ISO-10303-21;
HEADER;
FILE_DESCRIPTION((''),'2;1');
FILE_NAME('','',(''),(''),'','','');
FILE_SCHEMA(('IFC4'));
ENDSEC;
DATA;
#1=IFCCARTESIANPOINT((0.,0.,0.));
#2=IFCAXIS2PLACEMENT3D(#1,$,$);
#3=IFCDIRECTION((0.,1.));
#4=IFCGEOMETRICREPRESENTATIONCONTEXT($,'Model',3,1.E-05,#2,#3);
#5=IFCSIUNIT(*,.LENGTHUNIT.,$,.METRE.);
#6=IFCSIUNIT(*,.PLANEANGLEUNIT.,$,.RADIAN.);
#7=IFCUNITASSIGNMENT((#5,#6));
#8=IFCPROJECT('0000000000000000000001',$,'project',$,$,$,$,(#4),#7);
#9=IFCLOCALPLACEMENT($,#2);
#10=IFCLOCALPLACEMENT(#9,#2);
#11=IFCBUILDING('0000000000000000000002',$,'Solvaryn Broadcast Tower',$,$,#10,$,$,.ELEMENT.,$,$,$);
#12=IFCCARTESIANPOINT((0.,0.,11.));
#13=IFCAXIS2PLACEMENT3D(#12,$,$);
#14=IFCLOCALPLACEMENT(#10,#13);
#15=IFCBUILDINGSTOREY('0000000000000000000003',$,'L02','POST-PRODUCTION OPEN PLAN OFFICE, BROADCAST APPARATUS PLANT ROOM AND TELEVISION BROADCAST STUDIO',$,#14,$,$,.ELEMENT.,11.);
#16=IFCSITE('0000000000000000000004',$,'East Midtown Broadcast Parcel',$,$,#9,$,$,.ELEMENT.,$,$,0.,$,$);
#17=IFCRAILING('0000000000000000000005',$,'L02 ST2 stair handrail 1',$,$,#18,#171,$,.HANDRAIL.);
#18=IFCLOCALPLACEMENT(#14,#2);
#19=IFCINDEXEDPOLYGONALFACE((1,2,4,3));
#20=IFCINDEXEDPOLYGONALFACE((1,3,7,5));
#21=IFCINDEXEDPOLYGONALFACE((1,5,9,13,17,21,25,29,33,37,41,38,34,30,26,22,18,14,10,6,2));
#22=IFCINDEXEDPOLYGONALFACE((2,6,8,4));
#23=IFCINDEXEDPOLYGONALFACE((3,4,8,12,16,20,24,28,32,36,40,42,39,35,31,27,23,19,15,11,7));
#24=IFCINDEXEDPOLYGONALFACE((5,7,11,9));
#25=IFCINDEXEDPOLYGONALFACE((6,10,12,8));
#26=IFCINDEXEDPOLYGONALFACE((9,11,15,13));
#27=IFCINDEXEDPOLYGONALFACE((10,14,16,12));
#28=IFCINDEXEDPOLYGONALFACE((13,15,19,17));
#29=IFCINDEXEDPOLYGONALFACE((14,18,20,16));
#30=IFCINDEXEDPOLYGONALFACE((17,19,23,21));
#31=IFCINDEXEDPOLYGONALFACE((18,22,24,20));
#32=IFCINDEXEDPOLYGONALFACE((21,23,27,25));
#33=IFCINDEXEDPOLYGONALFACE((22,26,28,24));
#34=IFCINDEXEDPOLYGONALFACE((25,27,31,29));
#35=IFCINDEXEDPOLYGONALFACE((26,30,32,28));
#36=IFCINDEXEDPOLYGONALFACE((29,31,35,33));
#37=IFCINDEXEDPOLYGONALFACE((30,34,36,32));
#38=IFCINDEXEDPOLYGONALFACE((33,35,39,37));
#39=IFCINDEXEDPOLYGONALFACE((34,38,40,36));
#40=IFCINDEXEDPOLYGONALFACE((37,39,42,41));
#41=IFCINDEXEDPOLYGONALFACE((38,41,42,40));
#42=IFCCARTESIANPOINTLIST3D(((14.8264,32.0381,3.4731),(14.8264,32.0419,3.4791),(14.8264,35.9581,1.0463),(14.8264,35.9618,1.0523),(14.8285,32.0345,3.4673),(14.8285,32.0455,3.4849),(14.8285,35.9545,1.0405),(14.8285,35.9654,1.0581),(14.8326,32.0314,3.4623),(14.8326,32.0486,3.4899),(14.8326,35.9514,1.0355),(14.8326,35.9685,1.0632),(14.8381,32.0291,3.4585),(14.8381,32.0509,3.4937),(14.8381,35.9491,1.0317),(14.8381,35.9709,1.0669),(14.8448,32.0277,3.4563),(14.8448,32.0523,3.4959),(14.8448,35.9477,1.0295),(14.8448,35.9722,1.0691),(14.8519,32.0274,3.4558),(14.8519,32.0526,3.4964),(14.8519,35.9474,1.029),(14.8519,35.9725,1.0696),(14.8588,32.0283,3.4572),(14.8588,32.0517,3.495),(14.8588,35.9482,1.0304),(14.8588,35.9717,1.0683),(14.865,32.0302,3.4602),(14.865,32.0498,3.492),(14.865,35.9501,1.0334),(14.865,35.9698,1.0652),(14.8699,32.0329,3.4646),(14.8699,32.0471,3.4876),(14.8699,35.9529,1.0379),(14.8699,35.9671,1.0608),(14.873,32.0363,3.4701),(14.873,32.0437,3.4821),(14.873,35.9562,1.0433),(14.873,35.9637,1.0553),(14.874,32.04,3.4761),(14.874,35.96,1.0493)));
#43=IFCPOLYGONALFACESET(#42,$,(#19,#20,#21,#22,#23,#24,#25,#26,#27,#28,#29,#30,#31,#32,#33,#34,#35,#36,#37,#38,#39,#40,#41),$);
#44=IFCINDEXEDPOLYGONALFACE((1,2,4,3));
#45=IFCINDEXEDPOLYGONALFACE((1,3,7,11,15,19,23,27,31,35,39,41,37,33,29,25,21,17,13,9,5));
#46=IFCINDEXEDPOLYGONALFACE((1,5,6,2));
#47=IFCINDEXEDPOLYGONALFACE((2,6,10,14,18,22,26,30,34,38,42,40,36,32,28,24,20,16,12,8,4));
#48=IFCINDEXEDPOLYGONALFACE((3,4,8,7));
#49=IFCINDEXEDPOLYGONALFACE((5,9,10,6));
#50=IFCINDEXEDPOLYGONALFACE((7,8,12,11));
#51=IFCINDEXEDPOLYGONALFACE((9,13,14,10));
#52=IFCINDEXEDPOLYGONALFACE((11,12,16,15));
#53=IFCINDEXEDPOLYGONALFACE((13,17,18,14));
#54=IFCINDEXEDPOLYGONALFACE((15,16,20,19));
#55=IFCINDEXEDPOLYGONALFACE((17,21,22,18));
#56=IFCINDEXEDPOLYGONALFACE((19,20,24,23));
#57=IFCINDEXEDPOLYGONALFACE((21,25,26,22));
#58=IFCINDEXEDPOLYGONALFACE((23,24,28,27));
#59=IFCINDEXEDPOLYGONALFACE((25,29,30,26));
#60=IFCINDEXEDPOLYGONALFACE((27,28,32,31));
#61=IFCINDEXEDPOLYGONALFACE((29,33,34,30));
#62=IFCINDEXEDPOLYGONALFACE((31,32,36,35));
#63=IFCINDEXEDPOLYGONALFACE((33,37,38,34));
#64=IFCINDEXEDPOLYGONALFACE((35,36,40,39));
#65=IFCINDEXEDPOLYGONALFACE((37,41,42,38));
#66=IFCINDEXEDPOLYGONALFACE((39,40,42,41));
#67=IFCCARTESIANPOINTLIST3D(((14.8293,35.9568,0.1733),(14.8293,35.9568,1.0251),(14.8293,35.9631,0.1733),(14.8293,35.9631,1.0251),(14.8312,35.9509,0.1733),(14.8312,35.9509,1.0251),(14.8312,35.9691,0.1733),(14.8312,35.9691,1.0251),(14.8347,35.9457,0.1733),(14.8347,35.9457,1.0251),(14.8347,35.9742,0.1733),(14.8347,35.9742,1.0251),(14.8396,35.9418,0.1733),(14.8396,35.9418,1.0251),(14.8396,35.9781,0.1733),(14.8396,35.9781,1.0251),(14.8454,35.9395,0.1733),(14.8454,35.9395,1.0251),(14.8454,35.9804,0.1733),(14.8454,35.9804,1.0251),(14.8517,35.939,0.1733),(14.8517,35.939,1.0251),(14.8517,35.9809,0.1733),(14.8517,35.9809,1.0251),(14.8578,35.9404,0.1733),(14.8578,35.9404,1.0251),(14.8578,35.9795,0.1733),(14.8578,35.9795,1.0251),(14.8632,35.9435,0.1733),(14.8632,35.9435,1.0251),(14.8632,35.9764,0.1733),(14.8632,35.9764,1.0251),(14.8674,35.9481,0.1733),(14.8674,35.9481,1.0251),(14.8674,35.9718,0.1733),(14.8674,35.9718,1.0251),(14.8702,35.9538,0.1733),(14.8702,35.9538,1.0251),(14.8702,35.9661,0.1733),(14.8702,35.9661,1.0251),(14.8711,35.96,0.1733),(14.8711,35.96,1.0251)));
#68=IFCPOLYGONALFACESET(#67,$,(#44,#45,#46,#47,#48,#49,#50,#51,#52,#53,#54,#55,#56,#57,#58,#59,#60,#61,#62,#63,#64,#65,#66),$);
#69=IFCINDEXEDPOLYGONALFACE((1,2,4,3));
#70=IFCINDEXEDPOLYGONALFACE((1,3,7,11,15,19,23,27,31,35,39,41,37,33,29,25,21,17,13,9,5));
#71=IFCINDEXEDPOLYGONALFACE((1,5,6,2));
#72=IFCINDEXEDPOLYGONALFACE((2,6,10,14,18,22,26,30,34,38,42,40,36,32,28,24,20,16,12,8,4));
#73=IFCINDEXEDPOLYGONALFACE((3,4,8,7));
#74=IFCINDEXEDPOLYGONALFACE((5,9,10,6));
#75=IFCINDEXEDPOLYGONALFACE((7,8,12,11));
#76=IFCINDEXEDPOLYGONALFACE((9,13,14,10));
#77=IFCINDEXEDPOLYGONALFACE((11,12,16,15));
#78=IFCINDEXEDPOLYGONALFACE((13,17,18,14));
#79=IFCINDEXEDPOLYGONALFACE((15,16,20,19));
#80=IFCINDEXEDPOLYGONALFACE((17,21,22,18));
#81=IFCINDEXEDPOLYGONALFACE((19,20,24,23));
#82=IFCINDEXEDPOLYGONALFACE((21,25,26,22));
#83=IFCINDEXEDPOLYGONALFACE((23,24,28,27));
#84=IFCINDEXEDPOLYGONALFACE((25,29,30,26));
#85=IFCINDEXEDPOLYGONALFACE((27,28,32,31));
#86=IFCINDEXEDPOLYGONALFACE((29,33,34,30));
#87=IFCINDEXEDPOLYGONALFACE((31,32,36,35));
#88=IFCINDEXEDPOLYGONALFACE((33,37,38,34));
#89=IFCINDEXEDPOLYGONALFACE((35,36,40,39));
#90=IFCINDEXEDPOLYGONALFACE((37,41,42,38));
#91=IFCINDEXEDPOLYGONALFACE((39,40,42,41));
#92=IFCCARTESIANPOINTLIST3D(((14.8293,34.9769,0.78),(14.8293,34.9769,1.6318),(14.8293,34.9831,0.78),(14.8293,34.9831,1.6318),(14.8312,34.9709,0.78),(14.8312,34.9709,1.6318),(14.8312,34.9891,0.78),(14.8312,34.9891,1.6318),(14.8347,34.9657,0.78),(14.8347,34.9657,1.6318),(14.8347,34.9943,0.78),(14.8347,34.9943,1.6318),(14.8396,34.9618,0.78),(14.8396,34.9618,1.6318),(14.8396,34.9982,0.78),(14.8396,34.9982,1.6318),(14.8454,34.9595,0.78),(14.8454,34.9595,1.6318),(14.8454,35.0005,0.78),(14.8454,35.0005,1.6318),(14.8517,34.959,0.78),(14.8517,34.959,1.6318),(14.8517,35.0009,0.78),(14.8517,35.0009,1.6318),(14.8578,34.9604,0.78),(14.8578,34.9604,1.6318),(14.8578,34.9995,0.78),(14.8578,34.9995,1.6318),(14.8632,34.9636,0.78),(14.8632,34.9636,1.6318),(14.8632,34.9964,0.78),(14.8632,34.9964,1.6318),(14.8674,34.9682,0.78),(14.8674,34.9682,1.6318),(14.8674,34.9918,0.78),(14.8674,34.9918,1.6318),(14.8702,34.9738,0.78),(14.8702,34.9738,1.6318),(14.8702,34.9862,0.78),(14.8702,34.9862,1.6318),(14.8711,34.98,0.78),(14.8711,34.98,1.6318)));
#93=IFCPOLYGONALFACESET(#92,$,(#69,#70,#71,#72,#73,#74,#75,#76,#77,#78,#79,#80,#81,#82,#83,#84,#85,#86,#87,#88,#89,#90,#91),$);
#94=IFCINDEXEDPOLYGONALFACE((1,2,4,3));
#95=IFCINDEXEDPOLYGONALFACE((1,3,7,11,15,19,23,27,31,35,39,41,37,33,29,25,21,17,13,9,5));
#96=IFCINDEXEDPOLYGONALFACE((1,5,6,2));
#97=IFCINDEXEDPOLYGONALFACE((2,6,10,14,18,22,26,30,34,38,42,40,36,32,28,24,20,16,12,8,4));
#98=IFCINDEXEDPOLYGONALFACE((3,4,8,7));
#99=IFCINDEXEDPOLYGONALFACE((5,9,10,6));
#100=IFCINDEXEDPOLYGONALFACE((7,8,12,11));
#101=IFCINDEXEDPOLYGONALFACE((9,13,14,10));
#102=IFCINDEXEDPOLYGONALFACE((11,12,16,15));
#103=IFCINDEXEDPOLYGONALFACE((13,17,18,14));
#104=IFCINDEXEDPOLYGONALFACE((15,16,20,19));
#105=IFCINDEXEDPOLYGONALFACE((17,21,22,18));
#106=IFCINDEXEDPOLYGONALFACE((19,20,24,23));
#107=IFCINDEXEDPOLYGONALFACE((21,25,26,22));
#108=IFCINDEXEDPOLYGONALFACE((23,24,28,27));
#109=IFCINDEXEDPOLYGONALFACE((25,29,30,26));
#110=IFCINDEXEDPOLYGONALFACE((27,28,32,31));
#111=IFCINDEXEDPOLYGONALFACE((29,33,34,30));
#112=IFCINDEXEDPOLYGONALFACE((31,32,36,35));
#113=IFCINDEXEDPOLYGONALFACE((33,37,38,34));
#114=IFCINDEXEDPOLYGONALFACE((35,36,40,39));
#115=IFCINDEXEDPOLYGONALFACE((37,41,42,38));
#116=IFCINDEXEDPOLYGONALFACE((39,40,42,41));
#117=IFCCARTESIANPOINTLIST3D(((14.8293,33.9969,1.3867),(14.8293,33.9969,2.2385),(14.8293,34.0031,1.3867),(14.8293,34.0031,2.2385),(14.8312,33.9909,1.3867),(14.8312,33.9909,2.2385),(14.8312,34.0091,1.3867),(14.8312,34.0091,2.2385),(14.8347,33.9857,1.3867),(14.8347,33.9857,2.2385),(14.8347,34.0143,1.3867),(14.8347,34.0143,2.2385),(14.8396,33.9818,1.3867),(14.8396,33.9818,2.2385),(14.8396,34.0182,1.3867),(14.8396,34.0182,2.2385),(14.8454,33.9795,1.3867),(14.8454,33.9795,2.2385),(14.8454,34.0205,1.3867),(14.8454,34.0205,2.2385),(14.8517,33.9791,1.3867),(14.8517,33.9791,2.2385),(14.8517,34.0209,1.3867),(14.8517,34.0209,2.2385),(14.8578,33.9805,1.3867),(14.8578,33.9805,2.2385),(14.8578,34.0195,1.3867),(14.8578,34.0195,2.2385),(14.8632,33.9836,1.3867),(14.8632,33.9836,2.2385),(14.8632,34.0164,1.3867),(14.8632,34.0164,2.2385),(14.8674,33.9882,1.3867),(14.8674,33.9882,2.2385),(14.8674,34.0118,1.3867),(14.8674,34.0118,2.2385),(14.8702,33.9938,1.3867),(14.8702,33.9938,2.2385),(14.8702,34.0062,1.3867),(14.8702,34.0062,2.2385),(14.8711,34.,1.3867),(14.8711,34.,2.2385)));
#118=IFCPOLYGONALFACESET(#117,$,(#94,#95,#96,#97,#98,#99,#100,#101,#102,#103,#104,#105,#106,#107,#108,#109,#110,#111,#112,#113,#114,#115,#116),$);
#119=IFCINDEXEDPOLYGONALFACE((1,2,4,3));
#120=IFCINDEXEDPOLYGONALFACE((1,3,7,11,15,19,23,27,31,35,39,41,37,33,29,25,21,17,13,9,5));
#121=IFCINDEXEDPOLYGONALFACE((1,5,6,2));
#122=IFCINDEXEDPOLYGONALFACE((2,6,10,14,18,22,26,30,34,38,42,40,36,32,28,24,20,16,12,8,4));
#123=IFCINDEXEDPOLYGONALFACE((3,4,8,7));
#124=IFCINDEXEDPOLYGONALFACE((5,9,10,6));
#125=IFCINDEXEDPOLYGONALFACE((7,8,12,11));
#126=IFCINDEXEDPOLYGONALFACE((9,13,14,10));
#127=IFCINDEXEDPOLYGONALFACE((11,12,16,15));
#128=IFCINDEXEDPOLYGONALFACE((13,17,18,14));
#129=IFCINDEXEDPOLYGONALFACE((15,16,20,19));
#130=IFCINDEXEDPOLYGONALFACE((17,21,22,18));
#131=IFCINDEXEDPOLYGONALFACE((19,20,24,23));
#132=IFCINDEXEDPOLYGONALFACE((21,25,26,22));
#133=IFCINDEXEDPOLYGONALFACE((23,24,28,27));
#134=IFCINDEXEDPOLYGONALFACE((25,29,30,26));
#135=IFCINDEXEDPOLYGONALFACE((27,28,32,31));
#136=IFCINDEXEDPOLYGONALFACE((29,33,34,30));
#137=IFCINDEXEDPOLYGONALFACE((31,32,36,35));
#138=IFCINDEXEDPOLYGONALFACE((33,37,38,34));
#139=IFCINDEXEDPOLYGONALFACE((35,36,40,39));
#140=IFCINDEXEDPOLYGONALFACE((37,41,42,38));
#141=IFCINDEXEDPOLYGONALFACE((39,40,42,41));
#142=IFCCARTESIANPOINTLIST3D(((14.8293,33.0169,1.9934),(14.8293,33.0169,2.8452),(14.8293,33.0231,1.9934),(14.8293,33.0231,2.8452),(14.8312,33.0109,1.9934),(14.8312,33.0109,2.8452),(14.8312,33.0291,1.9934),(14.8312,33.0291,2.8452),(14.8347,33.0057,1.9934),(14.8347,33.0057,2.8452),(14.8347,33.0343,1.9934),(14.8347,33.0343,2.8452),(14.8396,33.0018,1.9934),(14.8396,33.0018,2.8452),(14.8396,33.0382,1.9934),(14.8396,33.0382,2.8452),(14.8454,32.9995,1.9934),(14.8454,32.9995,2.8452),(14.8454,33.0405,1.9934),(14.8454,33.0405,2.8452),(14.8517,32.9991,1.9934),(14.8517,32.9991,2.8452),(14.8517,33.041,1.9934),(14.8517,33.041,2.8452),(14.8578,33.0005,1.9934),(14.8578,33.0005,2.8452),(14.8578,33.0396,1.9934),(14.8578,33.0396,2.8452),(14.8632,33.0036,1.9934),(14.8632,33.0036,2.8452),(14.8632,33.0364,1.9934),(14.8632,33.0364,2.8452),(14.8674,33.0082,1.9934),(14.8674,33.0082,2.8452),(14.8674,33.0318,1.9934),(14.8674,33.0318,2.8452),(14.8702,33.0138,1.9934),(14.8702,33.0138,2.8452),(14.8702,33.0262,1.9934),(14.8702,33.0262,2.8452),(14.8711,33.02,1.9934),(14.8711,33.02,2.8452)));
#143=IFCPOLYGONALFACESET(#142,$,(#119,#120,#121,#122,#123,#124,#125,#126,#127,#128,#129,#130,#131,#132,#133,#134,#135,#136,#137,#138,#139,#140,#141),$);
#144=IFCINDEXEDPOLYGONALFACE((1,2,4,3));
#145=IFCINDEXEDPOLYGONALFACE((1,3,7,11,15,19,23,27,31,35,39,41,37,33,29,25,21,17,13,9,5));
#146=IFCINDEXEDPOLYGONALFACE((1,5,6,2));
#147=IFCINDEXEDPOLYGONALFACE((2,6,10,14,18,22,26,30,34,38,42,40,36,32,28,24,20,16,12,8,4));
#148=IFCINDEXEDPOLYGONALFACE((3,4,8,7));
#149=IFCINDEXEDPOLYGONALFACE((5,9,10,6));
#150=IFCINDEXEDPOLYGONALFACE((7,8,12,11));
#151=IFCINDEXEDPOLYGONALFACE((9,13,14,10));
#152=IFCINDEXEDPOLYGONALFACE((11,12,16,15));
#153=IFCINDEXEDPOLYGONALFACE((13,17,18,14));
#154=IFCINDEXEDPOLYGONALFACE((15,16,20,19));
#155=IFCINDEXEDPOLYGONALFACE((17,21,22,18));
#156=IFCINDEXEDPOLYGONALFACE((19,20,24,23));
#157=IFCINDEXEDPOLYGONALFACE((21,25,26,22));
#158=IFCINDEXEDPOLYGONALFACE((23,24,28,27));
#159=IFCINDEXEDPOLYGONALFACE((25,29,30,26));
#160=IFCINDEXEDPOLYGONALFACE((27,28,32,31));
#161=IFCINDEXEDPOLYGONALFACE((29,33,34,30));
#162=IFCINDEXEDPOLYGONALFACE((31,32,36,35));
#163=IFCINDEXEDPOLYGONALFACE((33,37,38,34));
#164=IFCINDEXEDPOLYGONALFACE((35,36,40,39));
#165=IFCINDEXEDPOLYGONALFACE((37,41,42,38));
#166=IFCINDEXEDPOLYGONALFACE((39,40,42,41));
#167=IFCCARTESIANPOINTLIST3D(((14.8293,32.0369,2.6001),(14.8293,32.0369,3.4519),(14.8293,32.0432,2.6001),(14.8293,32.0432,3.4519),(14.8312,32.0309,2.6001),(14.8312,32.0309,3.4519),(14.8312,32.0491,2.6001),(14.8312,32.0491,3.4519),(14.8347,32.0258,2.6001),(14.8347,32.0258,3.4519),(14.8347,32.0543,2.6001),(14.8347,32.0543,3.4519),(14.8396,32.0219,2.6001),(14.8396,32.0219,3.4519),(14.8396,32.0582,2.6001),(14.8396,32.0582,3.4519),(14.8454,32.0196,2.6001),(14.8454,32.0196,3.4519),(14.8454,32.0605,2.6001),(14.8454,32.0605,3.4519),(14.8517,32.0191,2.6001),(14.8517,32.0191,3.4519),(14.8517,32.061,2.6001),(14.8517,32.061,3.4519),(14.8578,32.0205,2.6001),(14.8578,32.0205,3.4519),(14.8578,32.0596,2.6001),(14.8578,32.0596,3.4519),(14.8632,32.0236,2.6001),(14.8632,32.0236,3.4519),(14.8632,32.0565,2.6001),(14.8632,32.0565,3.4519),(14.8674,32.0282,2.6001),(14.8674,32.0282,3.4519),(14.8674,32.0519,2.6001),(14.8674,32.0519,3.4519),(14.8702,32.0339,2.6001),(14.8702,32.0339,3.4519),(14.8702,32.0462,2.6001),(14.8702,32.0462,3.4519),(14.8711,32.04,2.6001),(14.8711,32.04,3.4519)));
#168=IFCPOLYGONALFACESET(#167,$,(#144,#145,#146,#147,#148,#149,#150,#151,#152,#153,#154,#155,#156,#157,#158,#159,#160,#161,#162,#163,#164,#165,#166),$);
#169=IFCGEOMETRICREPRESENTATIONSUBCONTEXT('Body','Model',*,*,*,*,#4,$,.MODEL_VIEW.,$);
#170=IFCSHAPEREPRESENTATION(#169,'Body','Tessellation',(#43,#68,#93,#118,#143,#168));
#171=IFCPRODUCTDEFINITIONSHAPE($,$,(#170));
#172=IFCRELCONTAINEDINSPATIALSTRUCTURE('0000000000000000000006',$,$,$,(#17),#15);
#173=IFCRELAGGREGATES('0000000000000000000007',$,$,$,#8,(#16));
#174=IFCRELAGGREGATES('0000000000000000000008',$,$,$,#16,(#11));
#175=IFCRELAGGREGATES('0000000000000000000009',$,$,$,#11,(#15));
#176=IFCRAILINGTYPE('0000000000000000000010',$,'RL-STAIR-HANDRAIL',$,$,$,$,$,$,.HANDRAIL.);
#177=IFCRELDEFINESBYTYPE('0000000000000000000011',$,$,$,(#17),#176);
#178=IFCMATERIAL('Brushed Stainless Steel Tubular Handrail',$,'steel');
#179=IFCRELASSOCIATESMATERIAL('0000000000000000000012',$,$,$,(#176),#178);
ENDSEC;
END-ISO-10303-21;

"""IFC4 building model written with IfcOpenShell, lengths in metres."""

from ifc_helpers import new_model, si_unit, direction, frame, origin, origin_2d, place, context, subcontext, project, spatial, circle, extrude, material, type_object, element, save


model = new_model("IFC4")

# Units and contexts
model_context = context("Model", 3, precision=1e-05, world=origin(), true_north=direction((0.0, 1.0)))
body_context = subcontext(model_context, "Body", "Model", "MODEL_VIEW")
ifc_project = project(units=[si_unit("LENGTHUNIT", "METRE"), si_unit("PLANEANGLEUNIT", "RADIAN")], contexts=[model_context])

# Site, building, storey
site_placement = place(None, origin())
site = spatial("IfcSite", under=ifc_project, at=site_placement, Name="East Midtown Broadcast Parcel", CompositionType="ELEMENT", RefElevation=0.0)
building_placement = place(site_placement, origin())
building = spatial("IfcBuilding", under=site, at=building_placement, Name="Solvaryn Broadcast Tower", CompositionType="ELEMENT")
storey_placement = place(building_placement, frame((0.0, 0.0, 11.0)))
storey = spatial("IfcBuildingStorey", under=building, at=storey_placement, Name="L02", Description="POST-PRODUCTION OPEN PLAN OFFICE, BROADCAST APPARATUS PLANT ROOM AND TELEVISION BROADCAST STUDIO", CompositionType="ELEMENT", Elevation=11.0)

# Railing
ifc_material_1 = material(Name="Brushed Stainless Steel Tubular Handrail", Category="steel")
railing_type_1 = type_object("IfcRailingType", Name="RL-STAIR-HANDRAIL", PredefinedType="HANDRAIL", material=ifc_material_1)
railing_1_placement = place(storey_placement, frame((14.8501, 35.96, 0.1733)))
element("IfcRailing", 1, at=railing_1_placement, inside=storey, type_object=railing_type_1, Name="L02 ST2 stair handrail 1", PredefinedType="HANDRAIL", context=body_context, shape_type="SweptSolid", body=[
    extrude(circle(Radius=0.0239, at=origin_2d()), frame((0.0, 0.0, 0.876), z_axis=(0.0, -0.850252, 0.526376), x_axis=(1.0, 0.0, 0.0)), (0.0, 0.0, 1.0), 4.6104),
    extrude(circle(Radius=0.021, at=origin_2d()), origin(), (0.0, 0.0, 1.0), 0.8518),
    extrude(circle(Radius=0.021, at=origin_2d()), frame((0.0, -0.98, 0.6067)), (0.0, 0.0, 1.0), 0.8518),
    extrude(circle(Radius=0.021, at=origin_2d()), frame((0.0, -1.96, 1.2134)), (0.0, 0.0, 1.0), 0.8518),
    extrude(circle(Radius=0.021, at=origin_2d()), frame((0.0, -2.9399, 1.8201)), (0.0, 0.0, 1.0), 0.8518),
    extrude(circle(Radius=0.021, at=origin_2d()), frame((0.0, -3.9199, 2.4268)), (0.0, 0.0, 1.0), 0.8518),
])

save(model, "model.ifc")
